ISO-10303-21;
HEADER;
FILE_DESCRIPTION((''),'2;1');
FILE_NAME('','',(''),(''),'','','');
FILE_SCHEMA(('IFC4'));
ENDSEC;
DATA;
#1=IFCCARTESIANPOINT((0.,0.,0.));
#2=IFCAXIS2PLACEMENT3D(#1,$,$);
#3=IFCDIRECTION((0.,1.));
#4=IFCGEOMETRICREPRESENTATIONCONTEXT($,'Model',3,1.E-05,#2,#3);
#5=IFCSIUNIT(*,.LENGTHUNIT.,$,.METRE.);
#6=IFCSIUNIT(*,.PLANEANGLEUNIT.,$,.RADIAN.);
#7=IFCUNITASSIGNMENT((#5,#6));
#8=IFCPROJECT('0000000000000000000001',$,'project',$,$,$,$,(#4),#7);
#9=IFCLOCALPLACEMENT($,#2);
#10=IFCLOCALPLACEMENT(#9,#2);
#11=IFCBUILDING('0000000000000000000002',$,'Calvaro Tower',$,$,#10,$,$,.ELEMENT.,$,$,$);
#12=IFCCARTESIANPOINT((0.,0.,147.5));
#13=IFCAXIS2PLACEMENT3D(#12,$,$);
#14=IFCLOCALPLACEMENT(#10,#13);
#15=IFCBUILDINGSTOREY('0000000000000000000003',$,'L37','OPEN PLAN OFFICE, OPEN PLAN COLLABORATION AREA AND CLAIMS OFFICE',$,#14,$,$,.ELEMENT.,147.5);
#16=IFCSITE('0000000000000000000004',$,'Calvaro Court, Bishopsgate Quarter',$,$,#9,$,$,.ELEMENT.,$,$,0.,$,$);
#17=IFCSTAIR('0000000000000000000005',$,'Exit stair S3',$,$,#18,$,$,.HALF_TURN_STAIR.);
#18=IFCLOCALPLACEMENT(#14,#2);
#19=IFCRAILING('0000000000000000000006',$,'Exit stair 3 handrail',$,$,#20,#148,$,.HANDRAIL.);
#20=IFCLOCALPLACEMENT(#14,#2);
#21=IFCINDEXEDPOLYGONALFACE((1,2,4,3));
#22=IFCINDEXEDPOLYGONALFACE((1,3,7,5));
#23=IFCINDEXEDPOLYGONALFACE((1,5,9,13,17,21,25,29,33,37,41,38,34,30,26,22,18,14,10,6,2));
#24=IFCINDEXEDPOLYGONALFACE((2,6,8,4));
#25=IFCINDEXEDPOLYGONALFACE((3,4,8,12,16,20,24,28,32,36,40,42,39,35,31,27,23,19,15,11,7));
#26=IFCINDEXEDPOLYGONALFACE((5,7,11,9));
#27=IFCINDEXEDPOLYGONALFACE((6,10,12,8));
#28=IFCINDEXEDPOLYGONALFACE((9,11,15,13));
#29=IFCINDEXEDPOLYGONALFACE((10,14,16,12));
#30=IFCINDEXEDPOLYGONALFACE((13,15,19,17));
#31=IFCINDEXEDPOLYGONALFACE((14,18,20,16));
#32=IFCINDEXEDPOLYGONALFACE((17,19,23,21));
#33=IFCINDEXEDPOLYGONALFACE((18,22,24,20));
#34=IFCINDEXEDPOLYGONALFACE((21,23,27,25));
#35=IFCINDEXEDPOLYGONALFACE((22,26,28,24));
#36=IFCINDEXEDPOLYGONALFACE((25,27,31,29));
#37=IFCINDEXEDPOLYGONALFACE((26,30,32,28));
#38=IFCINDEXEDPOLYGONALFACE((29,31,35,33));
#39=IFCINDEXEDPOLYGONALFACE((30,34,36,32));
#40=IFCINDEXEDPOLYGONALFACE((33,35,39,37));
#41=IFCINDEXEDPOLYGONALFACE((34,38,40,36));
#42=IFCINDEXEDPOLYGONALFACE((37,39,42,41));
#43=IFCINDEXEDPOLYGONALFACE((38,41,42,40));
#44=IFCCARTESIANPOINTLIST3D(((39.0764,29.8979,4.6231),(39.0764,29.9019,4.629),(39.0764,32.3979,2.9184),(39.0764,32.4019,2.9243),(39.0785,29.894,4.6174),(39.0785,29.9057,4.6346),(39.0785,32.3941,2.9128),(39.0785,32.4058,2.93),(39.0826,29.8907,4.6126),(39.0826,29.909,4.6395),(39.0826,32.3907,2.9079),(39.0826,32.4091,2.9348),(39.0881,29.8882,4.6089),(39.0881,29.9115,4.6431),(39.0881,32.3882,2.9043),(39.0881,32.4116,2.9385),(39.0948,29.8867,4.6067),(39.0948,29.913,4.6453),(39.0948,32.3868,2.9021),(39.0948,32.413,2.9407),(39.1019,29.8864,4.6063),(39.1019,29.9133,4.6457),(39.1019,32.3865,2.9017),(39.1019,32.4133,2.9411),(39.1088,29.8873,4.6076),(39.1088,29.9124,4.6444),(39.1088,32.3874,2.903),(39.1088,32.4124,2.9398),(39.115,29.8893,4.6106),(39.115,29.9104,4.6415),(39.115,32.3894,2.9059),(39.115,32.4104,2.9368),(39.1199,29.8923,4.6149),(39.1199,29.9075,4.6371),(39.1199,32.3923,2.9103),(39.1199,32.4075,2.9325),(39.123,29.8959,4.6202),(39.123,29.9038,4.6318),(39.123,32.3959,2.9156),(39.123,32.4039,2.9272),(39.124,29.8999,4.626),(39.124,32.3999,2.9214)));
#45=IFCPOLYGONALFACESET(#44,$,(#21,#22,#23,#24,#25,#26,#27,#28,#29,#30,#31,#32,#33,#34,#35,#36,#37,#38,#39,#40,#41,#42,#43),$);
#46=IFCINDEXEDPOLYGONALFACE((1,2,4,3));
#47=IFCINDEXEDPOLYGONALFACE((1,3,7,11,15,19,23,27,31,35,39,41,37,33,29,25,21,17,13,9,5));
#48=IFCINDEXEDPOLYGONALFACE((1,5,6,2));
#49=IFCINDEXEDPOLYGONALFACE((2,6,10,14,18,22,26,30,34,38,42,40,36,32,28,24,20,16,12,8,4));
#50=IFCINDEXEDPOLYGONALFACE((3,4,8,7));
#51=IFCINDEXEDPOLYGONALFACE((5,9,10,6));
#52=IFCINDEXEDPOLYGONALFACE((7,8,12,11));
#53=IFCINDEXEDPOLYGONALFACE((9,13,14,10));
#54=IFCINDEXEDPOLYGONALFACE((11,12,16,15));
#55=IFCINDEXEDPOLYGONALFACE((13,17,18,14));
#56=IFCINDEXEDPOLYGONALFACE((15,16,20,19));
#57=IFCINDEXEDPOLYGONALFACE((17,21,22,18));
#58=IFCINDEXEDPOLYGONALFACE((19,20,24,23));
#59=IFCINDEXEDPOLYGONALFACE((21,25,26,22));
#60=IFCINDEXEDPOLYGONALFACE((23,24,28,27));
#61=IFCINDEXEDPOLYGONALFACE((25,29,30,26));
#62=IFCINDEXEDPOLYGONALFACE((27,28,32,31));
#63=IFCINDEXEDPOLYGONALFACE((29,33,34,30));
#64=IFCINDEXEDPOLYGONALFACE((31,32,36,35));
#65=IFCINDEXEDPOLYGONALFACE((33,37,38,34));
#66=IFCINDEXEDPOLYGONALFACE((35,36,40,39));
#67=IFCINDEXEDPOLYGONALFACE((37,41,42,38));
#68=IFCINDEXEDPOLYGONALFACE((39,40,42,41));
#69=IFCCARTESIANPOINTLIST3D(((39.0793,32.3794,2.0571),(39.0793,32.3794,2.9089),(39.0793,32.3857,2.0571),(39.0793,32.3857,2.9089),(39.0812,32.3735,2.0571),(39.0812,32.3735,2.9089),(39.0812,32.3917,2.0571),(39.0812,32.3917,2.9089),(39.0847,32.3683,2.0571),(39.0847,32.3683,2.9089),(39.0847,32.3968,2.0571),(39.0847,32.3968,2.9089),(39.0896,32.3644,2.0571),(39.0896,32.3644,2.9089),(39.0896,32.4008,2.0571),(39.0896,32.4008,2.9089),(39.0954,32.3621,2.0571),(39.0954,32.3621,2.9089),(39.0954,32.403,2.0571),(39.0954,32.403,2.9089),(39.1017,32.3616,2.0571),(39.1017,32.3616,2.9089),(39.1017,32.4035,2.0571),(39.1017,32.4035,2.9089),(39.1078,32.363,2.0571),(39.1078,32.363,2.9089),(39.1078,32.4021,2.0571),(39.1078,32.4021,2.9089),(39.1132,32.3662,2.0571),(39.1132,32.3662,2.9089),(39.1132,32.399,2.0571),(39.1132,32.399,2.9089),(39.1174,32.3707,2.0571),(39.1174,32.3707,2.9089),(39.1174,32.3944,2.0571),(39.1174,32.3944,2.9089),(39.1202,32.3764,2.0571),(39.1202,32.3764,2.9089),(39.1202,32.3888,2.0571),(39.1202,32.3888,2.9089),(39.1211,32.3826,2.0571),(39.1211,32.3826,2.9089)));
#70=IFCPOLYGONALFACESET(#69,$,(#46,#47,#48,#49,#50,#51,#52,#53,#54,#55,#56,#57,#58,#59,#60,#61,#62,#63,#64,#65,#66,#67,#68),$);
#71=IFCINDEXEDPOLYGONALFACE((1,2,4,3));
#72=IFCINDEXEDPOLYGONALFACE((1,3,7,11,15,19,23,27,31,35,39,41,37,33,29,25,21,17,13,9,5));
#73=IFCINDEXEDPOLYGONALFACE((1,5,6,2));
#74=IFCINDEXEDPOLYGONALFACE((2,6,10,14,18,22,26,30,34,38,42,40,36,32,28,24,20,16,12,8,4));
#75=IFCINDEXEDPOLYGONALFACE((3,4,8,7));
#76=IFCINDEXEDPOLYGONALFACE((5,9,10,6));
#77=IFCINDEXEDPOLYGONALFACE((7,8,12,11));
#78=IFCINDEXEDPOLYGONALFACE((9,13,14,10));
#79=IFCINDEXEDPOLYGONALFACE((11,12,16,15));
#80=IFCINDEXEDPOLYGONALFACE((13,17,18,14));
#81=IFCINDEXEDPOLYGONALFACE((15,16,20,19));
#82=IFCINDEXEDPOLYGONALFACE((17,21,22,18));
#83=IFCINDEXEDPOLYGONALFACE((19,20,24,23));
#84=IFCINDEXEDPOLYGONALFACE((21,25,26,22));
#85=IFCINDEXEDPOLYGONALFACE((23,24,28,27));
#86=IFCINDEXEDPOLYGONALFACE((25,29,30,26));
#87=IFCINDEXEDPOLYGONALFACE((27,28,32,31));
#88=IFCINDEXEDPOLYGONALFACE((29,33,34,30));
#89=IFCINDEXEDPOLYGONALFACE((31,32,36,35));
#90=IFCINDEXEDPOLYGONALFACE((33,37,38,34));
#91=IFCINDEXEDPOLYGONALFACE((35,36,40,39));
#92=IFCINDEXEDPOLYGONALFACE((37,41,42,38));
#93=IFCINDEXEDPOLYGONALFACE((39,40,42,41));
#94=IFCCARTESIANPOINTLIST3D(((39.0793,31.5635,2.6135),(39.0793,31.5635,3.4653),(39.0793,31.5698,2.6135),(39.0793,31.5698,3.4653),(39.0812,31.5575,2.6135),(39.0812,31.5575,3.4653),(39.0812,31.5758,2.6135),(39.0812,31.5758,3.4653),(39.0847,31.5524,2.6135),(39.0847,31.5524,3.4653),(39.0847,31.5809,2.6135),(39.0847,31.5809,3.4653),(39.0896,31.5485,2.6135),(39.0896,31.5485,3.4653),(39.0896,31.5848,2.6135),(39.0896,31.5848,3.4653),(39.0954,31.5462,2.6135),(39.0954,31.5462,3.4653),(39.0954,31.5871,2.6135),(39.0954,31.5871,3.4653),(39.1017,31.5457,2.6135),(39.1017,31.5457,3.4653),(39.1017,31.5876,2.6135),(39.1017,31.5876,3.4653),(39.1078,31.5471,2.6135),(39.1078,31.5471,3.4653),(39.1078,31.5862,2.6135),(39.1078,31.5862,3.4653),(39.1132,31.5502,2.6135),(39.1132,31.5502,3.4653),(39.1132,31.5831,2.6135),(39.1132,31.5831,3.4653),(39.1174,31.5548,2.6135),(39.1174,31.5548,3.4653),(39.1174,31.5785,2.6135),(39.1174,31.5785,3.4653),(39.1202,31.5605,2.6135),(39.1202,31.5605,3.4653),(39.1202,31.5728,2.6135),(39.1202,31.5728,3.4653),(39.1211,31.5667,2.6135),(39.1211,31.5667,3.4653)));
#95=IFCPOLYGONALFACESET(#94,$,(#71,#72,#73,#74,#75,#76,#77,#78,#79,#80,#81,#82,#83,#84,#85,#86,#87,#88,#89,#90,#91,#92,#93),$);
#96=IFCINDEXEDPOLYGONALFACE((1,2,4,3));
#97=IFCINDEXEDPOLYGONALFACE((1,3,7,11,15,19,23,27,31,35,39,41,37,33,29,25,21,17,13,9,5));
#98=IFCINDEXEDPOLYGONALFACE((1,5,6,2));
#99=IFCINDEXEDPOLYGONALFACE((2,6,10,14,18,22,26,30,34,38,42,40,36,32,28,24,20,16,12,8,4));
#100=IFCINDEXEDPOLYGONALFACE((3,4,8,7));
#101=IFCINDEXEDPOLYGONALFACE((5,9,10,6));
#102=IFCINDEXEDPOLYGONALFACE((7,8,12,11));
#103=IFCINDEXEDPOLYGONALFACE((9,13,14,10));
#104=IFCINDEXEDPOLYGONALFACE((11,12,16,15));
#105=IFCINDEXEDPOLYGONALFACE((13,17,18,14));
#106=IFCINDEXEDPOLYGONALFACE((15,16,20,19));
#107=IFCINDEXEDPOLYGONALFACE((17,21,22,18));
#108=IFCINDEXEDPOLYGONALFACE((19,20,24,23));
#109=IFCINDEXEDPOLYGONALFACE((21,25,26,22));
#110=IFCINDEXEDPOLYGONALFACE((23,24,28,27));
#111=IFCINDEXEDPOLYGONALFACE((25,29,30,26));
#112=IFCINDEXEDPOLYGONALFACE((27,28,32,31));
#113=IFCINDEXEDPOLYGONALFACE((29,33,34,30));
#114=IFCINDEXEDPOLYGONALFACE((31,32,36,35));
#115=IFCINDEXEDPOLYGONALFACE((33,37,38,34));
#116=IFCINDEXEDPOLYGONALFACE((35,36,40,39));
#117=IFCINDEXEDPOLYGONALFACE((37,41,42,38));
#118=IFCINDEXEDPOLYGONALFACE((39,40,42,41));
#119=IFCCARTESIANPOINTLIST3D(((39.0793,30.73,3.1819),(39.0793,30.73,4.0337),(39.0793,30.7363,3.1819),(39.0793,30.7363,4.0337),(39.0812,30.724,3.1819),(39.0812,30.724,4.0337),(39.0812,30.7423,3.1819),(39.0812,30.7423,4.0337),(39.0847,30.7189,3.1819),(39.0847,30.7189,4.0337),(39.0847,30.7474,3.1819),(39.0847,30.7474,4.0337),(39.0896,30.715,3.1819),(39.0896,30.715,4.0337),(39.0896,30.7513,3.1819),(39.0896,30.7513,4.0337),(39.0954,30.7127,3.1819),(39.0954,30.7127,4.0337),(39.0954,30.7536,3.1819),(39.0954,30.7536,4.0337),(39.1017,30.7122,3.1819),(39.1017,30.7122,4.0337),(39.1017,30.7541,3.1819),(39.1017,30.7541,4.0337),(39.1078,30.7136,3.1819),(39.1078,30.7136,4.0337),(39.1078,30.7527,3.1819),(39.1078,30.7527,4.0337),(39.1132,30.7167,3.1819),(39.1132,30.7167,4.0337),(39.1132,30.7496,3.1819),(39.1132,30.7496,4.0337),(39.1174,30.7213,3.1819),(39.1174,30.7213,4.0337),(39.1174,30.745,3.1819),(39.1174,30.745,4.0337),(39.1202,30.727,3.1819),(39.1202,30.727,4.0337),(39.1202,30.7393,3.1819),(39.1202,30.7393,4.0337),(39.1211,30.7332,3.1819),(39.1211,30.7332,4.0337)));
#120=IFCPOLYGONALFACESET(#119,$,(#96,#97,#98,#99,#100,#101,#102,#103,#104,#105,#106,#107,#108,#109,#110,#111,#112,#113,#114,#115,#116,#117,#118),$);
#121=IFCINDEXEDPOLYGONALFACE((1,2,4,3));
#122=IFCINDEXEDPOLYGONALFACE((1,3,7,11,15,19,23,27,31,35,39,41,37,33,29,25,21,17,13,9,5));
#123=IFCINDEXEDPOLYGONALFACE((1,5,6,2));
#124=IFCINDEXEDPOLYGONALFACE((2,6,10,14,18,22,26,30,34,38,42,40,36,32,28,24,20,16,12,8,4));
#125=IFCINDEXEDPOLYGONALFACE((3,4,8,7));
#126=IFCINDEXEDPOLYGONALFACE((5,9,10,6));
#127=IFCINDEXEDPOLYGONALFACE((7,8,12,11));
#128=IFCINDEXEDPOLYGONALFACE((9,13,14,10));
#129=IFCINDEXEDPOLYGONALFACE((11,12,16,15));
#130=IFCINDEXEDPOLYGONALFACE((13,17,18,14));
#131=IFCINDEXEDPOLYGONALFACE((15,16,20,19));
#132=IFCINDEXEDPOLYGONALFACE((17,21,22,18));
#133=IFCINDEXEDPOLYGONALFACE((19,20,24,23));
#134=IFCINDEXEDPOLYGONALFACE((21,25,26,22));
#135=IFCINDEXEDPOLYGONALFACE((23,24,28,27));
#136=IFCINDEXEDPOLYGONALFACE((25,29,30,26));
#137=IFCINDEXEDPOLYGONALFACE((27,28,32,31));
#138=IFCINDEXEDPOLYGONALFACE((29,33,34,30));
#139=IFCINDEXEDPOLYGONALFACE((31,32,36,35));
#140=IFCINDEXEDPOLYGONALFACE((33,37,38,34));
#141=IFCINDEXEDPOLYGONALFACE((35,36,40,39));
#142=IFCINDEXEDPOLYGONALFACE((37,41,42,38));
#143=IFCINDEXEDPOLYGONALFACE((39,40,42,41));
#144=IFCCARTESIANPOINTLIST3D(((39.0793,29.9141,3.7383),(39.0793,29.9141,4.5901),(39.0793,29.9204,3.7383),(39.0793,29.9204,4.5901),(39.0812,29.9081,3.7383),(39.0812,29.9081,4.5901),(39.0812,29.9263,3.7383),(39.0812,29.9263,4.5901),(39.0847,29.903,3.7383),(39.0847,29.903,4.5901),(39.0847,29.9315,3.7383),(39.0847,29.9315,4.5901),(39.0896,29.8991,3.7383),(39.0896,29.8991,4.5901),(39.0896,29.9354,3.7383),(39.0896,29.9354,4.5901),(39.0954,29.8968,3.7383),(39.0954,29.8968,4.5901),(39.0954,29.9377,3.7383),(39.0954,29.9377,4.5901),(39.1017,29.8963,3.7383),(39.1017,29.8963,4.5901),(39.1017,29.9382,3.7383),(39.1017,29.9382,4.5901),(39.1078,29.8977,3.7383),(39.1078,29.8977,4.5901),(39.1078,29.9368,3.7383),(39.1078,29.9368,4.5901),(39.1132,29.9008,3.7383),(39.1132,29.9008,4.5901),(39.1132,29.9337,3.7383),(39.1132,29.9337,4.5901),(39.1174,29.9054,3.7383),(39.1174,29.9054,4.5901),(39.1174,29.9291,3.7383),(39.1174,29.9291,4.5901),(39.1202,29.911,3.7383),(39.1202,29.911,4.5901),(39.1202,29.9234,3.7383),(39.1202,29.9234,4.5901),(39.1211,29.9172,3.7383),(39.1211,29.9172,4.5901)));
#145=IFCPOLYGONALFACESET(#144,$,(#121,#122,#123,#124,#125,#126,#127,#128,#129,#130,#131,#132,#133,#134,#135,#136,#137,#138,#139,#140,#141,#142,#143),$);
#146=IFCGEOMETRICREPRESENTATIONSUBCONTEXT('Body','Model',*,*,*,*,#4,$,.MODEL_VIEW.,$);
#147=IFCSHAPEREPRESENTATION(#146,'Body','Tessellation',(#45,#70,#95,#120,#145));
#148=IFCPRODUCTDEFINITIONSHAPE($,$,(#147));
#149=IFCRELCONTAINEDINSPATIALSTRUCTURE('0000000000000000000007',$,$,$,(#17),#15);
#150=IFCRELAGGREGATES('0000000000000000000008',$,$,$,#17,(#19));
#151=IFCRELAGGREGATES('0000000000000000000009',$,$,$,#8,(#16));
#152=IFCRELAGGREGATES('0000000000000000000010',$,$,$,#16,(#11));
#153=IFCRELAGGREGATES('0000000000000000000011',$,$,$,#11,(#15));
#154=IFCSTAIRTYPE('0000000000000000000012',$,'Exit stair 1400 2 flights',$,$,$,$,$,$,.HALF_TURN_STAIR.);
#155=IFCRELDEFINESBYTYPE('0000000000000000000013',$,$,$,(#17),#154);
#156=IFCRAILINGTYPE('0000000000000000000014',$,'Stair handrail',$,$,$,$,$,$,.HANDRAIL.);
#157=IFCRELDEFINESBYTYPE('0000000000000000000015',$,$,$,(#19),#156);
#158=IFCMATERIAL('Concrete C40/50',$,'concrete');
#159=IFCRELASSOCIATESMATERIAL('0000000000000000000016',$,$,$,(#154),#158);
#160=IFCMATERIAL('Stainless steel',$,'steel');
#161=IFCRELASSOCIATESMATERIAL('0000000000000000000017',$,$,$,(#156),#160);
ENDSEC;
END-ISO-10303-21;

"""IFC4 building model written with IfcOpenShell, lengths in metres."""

from ifc_helpers import new_model, si_unit, direction, frame, origin, origin_2d, place, context, subcontext, project, spatial, circle, extrude, material, type_object, element, aggregate, save


model = new_model("IFC4")

# Units and contexts
model_context = context("Model", 3, precision=1e-05, world=origin(), true_north=direction((0.0, 1.0)))
body_context = subcontext(model_context, "Body", "Model", "MODEL_VIEW")
ifc_project = project(units=[si_unit("LENGTHUNIT", "METRE"), si_unit("PLANEANGLEUNIT", "RADIAN")], contexts=[model_context])

# Site, building, storey
site_placement = place(None, origin())
site = spatial("IfcSite", under=ifc_project, at=site_placement, Name="Calvaro Court, Bishopsgate Quarter", CompositionType="ELEMENT", RefElevation=0.0)
building_placement = place(site_placement, origin())
building = spatial("IfcBuilding", under=site, at=building_placement, Name="Calvaro Tower", CompositionType="ELEMENT")
storey_placement = place(building_placement, frame((0.0, 0.0, 147.5)))
storey = spatial("IfcBuildingStorey", under=building, at=storey_placement, Name="L37", Description="OPEN PLAN OFFICE, OPEN PLAN COLLABORATION AREA AND CLAIMS OFFICE", CompositionType="ELEMENT", Elevation=147.5)

# Stair
ifc_material_1 = material(Name="Concrete C40/50", Category="concrete")
stair_type = type_object("IfcStairType", Name="Exit stair 1400 2 flights", PredefinedType="HALF_TURN_STAIR", material=ifc_material_1)
stair_1_placement = place(storey_placement, origin())
stair_1 = element("IfcStair", 1, at=stair_1_placement, inside=storey, type_object=stair_type, Name="Exit stair S3", PredefinedType="HALF_TURN_STAIR")

# Railing
ifc_material_2 = material(Name="Stainless steel", Category="steel")
railing_type = type_object("IfcRailingType", Name="Stair handrail", PredefinedType="HANDRAIL", material=ifc_material_2)
railing_1_placement = place(storey_placement, frame((39.1001, 32.3999, 2.0454)))
railing_1 = element("IfcRailing", 2, at=railing_1_placement, type_object=railing_type, Name="Exit stair 3 handrail", PredefinedType="HANDRAIL", context=body_context, shape_type="SweptSolid", body=[
    extrude(circle(Radius=0.0239, at=origin_2d()), frame((0.0, 0.0, 0.876), z_axis=(0.0, -0.826221, 0.563347), x_axis=(1.0, 0.0, 0.0)), (0.0, 0.0, 1.0), 3.0259),
    extrude(circle(Radius=0.021, at=origin_2d()), frame((0.0, -0.0173, 0.0117)), (0.0, 0.0, 1.0), 0.8518),
    extrude(circle(Radius=0.021, at=origin_2d()), frame((0.0, -0.8333, 0.5681)), (0.0, 0.0, 1.0), 0.8518),
    extrude(circle(Radius=0.021, at=origin_2d()), frame((0.0, -1.6667, 1.1365)), (0.0, 0.0, 1.0), 0.8518),
    extrude(circle(Radius=0.021, at=origin_2d()), frame((0.0, -2.4827, 1.6929)), (0.0, 0.0, 1.0), 0.8518),
])
aggregate(stair_1, [railing_1])

save(model, "model.ifc")
